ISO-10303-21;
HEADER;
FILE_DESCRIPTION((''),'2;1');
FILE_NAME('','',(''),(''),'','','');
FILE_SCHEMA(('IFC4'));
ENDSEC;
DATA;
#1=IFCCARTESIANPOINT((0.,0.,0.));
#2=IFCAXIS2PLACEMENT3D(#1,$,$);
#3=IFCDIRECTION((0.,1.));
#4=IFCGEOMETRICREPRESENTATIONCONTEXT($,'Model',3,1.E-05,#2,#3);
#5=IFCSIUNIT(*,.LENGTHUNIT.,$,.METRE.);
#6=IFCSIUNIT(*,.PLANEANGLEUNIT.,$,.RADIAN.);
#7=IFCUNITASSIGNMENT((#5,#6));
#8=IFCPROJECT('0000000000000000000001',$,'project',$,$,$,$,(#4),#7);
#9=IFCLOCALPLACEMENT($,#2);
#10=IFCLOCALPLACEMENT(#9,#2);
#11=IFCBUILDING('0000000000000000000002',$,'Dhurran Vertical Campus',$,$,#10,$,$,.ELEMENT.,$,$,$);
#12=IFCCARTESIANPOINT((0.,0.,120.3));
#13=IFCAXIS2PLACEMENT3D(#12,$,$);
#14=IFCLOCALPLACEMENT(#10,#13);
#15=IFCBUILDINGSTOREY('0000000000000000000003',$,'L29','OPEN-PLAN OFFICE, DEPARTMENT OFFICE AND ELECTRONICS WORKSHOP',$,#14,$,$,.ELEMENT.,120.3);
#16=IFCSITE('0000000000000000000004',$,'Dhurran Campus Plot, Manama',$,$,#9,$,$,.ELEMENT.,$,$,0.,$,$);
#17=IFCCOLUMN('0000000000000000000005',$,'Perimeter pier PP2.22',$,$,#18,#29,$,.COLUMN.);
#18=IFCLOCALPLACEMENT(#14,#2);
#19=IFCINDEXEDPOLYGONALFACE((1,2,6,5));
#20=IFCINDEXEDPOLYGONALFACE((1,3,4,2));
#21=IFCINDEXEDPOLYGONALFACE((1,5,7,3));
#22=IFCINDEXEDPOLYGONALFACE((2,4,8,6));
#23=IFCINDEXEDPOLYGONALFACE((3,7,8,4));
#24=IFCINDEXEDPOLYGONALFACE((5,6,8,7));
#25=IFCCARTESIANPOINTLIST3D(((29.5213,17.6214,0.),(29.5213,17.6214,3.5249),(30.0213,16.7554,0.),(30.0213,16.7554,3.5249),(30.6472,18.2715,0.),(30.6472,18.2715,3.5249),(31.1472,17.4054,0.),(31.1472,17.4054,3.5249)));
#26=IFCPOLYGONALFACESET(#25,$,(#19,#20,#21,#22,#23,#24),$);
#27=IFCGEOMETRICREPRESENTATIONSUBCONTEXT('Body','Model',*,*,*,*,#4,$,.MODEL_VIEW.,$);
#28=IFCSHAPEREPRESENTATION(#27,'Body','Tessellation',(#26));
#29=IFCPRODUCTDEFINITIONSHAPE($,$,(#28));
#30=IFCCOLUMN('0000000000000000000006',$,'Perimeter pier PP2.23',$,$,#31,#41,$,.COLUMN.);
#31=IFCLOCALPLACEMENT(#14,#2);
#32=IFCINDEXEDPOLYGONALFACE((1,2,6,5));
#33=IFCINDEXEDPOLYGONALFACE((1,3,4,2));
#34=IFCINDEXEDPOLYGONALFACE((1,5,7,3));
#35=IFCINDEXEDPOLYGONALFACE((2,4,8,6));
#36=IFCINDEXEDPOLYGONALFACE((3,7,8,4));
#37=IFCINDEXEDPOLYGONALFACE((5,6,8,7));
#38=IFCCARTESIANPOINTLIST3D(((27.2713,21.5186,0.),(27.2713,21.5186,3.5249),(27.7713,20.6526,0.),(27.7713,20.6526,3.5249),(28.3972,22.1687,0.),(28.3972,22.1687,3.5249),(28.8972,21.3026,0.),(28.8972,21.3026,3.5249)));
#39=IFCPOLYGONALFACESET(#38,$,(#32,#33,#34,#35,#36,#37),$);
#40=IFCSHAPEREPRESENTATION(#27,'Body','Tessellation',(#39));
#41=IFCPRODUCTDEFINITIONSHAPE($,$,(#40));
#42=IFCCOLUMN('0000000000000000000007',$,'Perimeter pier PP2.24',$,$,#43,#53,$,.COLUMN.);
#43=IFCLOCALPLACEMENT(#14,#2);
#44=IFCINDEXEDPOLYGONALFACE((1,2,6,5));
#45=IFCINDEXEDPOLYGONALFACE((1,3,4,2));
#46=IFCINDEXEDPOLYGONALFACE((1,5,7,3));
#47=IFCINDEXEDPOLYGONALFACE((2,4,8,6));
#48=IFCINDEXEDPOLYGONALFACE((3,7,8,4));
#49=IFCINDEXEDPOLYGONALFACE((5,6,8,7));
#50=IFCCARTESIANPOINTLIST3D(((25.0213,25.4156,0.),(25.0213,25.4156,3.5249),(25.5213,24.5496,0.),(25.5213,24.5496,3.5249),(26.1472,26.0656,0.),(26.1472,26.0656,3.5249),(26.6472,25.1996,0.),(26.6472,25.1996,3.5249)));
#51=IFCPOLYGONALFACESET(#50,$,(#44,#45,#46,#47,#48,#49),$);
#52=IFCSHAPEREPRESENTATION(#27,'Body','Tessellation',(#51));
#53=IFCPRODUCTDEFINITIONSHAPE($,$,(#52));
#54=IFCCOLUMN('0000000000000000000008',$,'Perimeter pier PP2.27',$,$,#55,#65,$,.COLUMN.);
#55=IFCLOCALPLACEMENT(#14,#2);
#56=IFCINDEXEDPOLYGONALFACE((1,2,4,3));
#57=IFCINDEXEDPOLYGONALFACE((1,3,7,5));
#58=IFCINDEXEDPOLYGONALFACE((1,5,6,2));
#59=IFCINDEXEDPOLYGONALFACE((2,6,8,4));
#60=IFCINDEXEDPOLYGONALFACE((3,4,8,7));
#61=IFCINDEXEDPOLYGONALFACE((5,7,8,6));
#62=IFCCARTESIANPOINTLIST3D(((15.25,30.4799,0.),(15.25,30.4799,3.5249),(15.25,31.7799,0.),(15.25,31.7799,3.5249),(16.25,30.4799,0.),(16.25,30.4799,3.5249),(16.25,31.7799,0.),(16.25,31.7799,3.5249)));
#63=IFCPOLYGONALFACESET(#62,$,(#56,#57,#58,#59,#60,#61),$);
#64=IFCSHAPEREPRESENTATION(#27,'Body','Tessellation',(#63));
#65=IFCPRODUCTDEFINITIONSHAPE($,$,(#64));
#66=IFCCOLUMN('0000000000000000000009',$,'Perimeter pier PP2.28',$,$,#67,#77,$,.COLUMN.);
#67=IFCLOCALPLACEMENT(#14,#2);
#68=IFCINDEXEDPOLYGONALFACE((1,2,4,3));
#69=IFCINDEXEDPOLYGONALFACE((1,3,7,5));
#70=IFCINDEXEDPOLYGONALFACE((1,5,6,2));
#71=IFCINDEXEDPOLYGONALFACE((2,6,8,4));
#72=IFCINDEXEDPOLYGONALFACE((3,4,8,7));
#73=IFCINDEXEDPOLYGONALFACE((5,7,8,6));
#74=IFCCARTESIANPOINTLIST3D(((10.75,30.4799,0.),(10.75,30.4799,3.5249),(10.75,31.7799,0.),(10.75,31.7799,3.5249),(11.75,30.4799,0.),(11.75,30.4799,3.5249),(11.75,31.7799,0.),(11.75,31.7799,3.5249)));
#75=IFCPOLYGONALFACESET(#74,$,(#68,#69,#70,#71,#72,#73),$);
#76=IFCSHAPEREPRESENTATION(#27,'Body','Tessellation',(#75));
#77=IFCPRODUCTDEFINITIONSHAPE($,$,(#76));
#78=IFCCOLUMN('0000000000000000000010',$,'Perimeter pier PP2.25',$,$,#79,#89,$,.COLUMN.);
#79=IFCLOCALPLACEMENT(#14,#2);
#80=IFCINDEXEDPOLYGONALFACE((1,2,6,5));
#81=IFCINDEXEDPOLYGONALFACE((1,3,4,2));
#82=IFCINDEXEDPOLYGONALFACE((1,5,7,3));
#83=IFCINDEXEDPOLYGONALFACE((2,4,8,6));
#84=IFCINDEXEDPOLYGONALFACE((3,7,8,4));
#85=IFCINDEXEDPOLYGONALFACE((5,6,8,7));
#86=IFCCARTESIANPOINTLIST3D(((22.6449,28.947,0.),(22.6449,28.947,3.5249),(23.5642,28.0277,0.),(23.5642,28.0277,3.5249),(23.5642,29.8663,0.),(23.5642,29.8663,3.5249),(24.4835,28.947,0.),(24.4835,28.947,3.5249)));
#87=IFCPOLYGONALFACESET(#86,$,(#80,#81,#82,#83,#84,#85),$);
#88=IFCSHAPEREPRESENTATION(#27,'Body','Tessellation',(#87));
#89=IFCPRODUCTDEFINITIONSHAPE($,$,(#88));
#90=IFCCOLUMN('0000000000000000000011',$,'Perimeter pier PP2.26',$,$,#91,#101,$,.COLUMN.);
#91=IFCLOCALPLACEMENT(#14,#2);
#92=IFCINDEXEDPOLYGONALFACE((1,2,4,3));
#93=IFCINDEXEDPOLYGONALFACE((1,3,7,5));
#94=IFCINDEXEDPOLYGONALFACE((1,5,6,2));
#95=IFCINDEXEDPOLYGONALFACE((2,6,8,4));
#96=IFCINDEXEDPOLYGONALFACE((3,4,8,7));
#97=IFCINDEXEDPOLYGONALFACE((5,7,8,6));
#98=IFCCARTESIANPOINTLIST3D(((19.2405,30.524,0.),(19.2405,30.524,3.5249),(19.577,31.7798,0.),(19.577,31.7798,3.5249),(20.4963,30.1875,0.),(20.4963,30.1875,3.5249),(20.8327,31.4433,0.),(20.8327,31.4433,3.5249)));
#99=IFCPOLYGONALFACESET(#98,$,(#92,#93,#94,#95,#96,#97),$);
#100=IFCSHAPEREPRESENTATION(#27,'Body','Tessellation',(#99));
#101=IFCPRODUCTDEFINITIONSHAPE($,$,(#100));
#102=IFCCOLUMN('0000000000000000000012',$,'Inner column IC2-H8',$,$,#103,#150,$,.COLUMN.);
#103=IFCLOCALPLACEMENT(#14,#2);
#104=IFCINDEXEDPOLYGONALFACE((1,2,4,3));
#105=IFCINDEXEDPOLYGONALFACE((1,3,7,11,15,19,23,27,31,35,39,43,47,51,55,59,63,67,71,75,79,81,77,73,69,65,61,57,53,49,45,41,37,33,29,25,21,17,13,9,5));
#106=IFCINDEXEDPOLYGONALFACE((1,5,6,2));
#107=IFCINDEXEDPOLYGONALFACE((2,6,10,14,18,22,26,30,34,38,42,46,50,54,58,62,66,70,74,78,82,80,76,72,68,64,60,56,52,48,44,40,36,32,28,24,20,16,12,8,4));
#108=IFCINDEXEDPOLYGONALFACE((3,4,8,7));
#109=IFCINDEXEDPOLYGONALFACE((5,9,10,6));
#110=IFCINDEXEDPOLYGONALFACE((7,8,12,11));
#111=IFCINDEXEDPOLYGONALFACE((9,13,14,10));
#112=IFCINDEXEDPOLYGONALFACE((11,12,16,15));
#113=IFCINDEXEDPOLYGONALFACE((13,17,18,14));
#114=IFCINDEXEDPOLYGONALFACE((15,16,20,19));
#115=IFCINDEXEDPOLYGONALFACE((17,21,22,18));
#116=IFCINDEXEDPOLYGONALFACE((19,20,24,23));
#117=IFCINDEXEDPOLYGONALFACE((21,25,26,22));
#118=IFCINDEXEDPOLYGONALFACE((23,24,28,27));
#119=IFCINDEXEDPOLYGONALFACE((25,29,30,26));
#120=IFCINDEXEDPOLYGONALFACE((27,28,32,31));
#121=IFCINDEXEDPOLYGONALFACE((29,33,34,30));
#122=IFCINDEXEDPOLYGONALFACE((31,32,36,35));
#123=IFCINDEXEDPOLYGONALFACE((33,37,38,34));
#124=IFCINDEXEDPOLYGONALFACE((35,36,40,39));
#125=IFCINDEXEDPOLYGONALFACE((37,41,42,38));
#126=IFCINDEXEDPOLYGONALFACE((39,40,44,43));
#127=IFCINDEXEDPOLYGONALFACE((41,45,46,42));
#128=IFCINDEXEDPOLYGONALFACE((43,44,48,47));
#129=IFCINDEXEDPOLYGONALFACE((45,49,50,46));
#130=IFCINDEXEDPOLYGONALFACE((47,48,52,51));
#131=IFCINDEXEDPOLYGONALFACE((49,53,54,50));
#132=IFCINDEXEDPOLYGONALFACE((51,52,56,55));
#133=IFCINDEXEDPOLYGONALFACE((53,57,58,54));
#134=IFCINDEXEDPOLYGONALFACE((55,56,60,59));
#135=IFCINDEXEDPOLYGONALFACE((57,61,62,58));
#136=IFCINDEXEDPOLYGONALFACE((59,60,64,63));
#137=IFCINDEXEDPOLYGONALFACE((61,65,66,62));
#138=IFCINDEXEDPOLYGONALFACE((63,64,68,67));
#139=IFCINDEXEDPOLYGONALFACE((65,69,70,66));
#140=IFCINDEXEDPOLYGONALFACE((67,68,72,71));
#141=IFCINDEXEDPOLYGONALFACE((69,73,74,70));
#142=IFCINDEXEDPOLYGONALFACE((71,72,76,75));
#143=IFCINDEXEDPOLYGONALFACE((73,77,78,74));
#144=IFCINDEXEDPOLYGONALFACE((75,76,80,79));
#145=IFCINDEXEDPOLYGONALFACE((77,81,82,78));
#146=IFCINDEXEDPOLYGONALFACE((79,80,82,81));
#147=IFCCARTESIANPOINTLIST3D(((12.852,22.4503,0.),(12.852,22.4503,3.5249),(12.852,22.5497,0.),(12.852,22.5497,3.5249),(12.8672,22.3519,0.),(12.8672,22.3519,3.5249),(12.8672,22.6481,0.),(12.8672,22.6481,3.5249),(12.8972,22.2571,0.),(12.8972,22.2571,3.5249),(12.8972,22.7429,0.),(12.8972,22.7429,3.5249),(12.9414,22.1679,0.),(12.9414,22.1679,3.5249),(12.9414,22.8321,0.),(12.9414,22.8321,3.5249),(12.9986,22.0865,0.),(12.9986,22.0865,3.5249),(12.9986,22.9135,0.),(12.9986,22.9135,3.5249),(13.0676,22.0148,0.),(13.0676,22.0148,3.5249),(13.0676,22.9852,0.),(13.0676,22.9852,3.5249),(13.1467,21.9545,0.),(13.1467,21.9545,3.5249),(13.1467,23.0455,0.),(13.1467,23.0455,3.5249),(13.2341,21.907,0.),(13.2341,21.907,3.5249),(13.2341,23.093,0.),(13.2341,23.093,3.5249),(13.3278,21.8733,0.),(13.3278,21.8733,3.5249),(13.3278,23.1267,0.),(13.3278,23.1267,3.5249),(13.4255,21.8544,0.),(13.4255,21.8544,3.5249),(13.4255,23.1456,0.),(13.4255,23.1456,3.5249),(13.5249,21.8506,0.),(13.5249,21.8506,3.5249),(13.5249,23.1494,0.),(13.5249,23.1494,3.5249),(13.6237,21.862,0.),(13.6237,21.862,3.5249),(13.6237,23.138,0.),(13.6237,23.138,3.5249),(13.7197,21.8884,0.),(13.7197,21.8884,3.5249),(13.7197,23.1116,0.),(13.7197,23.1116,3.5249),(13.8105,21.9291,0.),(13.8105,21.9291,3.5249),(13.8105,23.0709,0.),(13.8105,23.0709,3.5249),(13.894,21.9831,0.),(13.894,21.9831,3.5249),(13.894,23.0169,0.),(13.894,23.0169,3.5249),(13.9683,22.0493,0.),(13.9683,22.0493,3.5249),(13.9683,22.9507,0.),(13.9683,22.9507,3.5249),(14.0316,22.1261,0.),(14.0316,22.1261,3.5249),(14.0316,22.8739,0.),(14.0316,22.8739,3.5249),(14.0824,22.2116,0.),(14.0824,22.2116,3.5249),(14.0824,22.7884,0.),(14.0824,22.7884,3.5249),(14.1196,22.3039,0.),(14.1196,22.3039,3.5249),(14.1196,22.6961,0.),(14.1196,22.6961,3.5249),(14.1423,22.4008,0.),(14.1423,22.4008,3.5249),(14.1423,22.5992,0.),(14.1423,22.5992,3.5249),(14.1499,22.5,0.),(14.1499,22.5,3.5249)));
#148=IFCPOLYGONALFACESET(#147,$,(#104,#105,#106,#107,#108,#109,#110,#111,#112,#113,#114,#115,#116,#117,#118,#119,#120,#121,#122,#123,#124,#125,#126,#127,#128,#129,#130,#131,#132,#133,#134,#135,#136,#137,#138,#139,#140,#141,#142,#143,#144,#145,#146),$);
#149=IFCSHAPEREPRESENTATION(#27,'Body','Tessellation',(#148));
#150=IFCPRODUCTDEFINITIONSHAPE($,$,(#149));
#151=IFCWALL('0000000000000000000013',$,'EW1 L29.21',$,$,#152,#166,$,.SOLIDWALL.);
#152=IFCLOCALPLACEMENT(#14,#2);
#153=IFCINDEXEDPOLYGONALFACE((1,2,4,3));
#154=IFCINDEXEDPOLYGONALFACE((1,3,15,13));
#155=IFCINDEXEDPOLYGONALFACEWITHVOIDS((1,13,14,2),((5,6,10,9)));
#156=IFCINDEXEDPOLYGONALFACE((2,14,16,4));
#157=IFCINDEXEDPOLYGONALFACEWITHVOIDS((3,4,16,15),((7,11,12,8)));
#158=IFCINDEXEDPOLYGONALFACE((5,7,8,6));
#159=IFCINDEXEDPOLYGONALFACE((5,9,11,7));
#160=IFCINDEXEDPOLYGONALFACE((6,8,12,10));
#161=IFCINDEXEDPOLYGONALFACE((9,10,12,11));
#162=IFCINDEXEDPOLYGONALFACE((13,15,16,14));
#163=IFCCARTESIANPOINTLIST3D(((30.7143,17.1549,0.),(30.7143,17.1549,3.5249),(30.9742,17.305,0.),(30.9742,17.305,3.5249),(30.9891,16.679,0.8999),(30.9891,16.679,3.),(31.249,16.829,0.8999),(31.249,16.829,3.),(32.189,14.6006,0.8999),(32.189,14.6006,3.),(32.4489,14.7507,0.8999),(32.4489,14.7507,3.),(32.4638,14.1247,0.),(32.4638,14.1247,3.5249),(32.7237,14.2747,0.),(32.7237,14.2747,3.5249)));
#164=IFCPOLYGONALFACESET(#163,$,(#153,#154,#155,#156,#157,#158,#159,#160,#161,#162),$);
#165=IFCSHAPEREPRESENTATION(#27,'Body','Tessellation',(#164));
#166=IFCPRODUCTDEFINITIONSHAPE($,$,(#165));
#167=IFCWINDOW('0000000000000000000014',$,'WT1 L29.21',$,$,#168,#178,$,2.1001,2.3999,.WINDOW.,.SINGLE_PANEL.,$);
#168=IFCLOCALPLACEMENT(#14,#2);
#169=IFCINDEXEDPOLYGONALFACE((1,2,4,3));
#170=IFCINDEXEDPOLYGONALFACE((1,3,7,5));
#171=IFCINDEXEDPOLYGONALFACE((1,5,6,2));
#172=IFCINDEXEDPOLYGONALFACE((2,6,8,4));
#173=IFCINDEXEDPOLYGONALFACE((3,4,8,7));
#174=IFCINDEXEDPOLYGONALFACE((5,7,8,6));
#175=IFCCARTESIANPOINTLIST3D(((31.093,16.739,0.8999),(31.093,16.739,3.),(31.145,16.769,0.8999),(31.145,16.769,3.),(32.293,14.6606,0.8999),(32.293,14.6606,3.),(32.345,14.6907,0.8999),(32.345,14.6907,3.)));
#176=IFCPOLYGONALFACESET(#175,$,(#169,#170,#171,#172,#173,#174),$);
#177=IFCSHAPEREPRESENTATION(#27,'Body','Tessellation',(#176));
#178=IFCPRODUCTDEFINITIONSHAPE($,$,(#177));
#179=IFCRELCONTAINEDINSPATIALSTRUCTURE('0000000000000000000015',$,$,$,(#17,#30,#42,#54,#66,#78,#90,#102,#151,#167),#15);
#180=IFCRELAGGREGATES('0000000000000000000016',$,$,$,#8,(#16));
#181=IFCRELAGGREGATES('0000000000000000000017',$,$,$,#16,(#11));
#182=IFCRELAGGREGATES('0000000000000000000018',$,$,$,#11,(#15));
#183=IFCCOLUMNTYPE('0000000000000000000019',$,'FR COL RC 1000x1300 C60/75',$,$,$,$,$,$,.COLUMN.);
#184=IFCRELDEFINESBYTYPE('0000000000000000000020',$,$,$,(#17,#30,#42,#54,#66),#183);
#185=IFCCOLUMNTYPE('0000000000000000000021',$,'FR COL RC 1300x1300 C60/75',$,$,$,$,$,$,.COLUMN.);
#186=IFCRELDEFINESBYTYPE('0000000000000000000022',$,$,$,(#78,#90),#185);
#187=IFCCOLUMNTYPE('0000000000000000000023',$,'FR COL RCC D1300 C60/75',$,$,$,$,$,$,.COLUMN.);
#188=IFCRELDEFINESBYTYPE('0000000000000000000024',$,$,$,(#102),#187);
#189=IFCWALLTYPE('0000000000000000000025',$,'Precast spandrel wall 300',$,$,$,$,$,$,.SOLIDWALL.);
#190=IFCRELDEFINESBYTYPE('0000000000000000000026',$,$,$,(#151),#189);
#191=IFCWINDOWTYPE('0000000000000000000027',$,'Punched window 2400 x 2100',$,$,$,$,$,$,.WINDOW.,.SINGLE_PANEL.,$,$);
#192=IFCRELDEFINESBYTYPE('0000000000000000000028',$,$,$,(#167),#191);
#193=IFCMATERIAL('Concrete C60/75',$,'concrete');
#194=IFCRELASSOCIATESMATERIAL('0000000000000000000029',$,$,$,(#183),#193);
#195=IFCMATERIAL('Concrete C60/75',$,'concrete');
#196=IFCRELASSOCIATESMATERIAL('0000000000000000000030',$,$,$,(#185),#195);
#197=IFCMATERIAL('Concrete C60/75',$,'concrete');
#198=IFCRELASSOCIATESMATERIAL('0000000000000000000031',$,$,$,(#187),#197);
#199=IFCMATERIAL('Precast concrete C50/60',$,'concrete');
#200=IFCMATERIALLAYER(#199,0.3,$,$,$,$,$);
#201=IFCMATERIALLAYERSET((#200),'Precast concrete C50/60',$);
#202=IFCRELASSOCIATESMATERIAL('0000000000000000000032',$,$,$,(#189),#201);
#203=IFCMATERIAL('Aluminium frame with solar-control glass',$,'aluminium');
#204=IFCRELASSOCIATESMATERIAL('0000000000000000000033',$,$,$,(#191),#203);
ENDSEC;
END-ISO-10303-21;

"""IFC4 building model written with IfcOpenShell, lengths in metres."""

from ifc_helpers import new_model, si_unit, direction, frame, frame_2d, origin, origin_2d, place, context, subcontext, project, spatial, rectangle, circle, extrude, material, layer, layer_set, material_profile, profile_set, type_object, element, fill, save


model = new_model("IFC4")

# Units and contexts
model_context = context("Model", 3, precision=1e-05, world=origin(), true_north=direction((0.0, 1.0)))
body_context = subcontext(model_context, "Body", "Model", "MODEL_VIEW")
ifc_project = project(units=[si_unit("LENGTHUNIT", "METRE"), si_unit("PLANEANGLEUNIT", "RADIAN")], contexts=[model_context])

# Site, building, storey
site_placement = place(None, origin())
site = spatial("IfcSite", under=ifc_project, at=site_placement, Name="Dhurran Campus Plot, Manama", CompositionType="ELEMENT", RefElevation=0.0)
building_placement = place(site_placement, origin())
building = spatial("IfcBuilding", under=site, at=building_placement, Name="Dhurran Vertical Campus", CompositionType="ELEMENT")
storey_placement = place(building_placement, frame((0.0, 0.0, 120.3)))
storey = spatial("IfcBuildingStorey", under=building, at=storey_placement, Name="L29", Description="OPEN-PLAN OFFICE, DEPARTMENT OFFICE AND ELECTRONICS WORKSHOP", CompositionType="ELEMENT", Elevation=120.3)

# Columns
ifc_material_1 = material(Name="Concrete C60/75", Category="concrete")
ifc_material_profile_1 = material_profile(ifc_material_1, rectangle(XDim=1.0, YDim=1.3, at=origin_2d()), Name="RC 1000x1300")
ifc_profile_set_1 = profile_set([ifc_material_profile_1], Name="Concrete C60/75")
column_type_1 = type_object("IfcColumnType", Name="FR COL RC 1000x1300 C60/75", PredefinedType="COLUMN", material=ifc_profile_set_1)
for number, where, z_axis, x_axis, name in (
    (1, (30.3342, 17.5134, 0.0), (0.0, 0.0, 1.0), (-0.5, 0.866025, 0.0), "Perimeter pier PP2.22"),
    (2, (28.0842, 21.4106, 0.0), (0.0, 0.0, 1.0), (-0.5, 0.866025, 0.0), "Perimeter pier PP2.23"),
    (3, (25.8342, 25.3076, 0.0), (0.0, 0.0, 1.0), (-0.5, 0.866025, 0.0), "Perimeter pier PP2.24"),
    (4, (15.75, 31.1299, 0.0), (0.0, 0.0, 1.0), (-1.0, 0.0, 0.0), "Perimeter pier PP2.27"),
    (5, (11.25, 31.1299, 0.0), (0.0, 0.0, 1.0), (-1.0, 0.0, 0.0), "Perimeter pier PP2.28"),
):
    element("IfcColumn", number, at=place(storey_placement, frame(where, z_axis=z_axis, x_axis=x_axis)), inside=storey, type_object=column_type_1, Name=name, PredefinedType="COLUMN", context=body_context, shape_type="SweptSolid", body=[
        extrude(rectangle(XDim=1.0, YDim=1.3, at=origin_2d()), origin(), (0.0, 0.0, 1.0), 3.5249),
    ])
ifc_material_2 = material(Name="Concrete C60/75", Category="concrete")
ifc_material_profile_2 = material_profile(ifc_material_2, rectangle(XDim=1.3, YDim=1.3, at=origin_2d()), Name="RC 1300x1300")
ifc_profile_set_2 = profile_set([ifc_material_profile_2], Name="Concrete C60/75")
column_type_2 = type_object("IfcColumnType", Name="FR COL RC 1300x1300 C60/75", PredefinedType="COLUMN", material=ifc_profile_set_2)
for number, where, z_axis, x_axis, name in (
    (6, (23.5642, 28.947, 0.0), (0.0, 0.0, 1.0), (-0.707107, 0.707107, 0.0), "Perimeter pier PP2.25"),
    (7, (20.0366, 30.9836, 0.0), (0.0, 0.0, 1.0), (-0.965926, 0.258819, 0.0), "Perimeter pier PP2.26"),
):
    element("IfcColumn", number, at=place(storey_placement, frame(where, z_axis=z_axis, x_axis=x_axis)), inside=storey, type_object=column_type_2, Name=name, PredefinedType="COLUMN", context=body_context, shape_type="SweptSolid", body=[
        extrude(rectangle(XDim=1.3, YDim=1.3, at=origin_2d()), origin(), (0.0, 0.0, 1.0), 3.5249),
    ])
ifc_material_3 = material(Name="Concrete C60/75", Category="concrete")
ifc_material_profile_3 = material_profile(ifc_material_3, circle(Radius=0.6499, at=origin_2d()), Name="RCC D1300")
ifc_profile_set_3 = profile_set([ifc_material_profile_3], Name="Concrete C60/75")
column_type_3 = type_object("IfcColumnType", Name="FR COL RCC D1300 C60/75", PredefinedType="COLUMN", material=ifc_profile_set_3)
column_placement = place(storey_placement, frame((13.5, 22.5, 0.0), z_axis=(0.0, 0.0, 1.0), x_axis=(1.0, 0.0, 0.0)))
element("IfcColumn", 8, at=column_placement, inside=storey, type_object=column_type_3, Name="Inner column IC2-H8", PredefinedType="COLUMN", context=body_context, shape_type="SweptSolid", body=[
    extrude(circle(Radius=0.6499, at=origin_2d()), origin(), (0.0, 0.0, 1.0), 3.5249),
])

# Wall, opening, window
ifc_material_4 = material(Name="Precast concrete C50/60", Category="concrete")
ifc_layer_1 = layer(ifc_material_4, 0.3)
ifc_layer_set_1 = layer_set([ifc_layer_1], Name="Precast concrete C50/60")
wall_type_1 = type_object("IfcWallType", Name="Precast spandrel wall 300", PredefinedType="SOLIDWALL", material=ifc_layer_set_1)
wall_1_placement = place(storey_placement, frame((32.5938, 14.1997, 0.0), z_axis=(0.0, 0.0, 1.0), x_axis=(-0.499996, 0.866028, 0.0)))
wall_1 = element("IfcWall", 9, at=wall_1_placement, inside=storey, type_object=wall_type_1, Name="EW1 L29.21", PredefinedType="SOLIDWALL", context=body_context, shape_type="SweptSolid", body=[
    extrude(rectangle(XDim=3.499, YDim=0.3, at=frame_2d((1.7495, 0.0))), origin(), (0.0, 0.0, 1.0), 3.5249),
])
opening_1_placement = place(wall_1_placement, frame((0.5496, 0.0, 0.8999)))
opening_1 = element("IfcOpeningElement", 10, at=opening_1_placement, cuts=wall_1, PredefinedType="OPENING", context=body_context, shape_type="SweptSolid", body=[
    extrude(rectangle(XDim=2.3999, YDim=2.1001, at=frame_2d((1.2, 1.05))), frame((0.0, 0.1599, 0.0), z_axis=(0.0, -1.0, 0.0), x_axis=(1.0, 0.0, 0.0)), (0.0, 0.0, 1.0), 0.3201),
])
ifc_material_5 = material(Name="Aluminium frame with solar-control glass", Category="aluminium")
window_type = type_object("IfcWindowType", Name="Punched window 2400 x 2100", PartitioningType="SINGLE_PANEL", PredefinedType="WINDOW", material=ifc_material_5)
window_1_placement = place(opening_1_placement, origin())
window_1 = element("IfcWindow", 11, at=window_1_placement, inside=storey, type_object=window_type, Name="WT1 L29.21", OverallHeight=2.1001, OverallWidth=2.3999, PartitioningType="SINGLE_PANEL", PredefinedType="WINDOW", context=body_context, shape_type="SweptSolid", body=[
    extrude(rectangle(XDim=2.3999, YDim=2.1001, at=frame_2d((1.2, 1.05))), frame((0.0, 0.03, 0.0), z_axis=(0.0, -1.0, 0.0), x_axis=(1.0, 0.0, 0.0)), (0.0, 0.0, 1.0), 0.0601),
])
fill(opening_1, window_1)

save(model, "model.ifc")
